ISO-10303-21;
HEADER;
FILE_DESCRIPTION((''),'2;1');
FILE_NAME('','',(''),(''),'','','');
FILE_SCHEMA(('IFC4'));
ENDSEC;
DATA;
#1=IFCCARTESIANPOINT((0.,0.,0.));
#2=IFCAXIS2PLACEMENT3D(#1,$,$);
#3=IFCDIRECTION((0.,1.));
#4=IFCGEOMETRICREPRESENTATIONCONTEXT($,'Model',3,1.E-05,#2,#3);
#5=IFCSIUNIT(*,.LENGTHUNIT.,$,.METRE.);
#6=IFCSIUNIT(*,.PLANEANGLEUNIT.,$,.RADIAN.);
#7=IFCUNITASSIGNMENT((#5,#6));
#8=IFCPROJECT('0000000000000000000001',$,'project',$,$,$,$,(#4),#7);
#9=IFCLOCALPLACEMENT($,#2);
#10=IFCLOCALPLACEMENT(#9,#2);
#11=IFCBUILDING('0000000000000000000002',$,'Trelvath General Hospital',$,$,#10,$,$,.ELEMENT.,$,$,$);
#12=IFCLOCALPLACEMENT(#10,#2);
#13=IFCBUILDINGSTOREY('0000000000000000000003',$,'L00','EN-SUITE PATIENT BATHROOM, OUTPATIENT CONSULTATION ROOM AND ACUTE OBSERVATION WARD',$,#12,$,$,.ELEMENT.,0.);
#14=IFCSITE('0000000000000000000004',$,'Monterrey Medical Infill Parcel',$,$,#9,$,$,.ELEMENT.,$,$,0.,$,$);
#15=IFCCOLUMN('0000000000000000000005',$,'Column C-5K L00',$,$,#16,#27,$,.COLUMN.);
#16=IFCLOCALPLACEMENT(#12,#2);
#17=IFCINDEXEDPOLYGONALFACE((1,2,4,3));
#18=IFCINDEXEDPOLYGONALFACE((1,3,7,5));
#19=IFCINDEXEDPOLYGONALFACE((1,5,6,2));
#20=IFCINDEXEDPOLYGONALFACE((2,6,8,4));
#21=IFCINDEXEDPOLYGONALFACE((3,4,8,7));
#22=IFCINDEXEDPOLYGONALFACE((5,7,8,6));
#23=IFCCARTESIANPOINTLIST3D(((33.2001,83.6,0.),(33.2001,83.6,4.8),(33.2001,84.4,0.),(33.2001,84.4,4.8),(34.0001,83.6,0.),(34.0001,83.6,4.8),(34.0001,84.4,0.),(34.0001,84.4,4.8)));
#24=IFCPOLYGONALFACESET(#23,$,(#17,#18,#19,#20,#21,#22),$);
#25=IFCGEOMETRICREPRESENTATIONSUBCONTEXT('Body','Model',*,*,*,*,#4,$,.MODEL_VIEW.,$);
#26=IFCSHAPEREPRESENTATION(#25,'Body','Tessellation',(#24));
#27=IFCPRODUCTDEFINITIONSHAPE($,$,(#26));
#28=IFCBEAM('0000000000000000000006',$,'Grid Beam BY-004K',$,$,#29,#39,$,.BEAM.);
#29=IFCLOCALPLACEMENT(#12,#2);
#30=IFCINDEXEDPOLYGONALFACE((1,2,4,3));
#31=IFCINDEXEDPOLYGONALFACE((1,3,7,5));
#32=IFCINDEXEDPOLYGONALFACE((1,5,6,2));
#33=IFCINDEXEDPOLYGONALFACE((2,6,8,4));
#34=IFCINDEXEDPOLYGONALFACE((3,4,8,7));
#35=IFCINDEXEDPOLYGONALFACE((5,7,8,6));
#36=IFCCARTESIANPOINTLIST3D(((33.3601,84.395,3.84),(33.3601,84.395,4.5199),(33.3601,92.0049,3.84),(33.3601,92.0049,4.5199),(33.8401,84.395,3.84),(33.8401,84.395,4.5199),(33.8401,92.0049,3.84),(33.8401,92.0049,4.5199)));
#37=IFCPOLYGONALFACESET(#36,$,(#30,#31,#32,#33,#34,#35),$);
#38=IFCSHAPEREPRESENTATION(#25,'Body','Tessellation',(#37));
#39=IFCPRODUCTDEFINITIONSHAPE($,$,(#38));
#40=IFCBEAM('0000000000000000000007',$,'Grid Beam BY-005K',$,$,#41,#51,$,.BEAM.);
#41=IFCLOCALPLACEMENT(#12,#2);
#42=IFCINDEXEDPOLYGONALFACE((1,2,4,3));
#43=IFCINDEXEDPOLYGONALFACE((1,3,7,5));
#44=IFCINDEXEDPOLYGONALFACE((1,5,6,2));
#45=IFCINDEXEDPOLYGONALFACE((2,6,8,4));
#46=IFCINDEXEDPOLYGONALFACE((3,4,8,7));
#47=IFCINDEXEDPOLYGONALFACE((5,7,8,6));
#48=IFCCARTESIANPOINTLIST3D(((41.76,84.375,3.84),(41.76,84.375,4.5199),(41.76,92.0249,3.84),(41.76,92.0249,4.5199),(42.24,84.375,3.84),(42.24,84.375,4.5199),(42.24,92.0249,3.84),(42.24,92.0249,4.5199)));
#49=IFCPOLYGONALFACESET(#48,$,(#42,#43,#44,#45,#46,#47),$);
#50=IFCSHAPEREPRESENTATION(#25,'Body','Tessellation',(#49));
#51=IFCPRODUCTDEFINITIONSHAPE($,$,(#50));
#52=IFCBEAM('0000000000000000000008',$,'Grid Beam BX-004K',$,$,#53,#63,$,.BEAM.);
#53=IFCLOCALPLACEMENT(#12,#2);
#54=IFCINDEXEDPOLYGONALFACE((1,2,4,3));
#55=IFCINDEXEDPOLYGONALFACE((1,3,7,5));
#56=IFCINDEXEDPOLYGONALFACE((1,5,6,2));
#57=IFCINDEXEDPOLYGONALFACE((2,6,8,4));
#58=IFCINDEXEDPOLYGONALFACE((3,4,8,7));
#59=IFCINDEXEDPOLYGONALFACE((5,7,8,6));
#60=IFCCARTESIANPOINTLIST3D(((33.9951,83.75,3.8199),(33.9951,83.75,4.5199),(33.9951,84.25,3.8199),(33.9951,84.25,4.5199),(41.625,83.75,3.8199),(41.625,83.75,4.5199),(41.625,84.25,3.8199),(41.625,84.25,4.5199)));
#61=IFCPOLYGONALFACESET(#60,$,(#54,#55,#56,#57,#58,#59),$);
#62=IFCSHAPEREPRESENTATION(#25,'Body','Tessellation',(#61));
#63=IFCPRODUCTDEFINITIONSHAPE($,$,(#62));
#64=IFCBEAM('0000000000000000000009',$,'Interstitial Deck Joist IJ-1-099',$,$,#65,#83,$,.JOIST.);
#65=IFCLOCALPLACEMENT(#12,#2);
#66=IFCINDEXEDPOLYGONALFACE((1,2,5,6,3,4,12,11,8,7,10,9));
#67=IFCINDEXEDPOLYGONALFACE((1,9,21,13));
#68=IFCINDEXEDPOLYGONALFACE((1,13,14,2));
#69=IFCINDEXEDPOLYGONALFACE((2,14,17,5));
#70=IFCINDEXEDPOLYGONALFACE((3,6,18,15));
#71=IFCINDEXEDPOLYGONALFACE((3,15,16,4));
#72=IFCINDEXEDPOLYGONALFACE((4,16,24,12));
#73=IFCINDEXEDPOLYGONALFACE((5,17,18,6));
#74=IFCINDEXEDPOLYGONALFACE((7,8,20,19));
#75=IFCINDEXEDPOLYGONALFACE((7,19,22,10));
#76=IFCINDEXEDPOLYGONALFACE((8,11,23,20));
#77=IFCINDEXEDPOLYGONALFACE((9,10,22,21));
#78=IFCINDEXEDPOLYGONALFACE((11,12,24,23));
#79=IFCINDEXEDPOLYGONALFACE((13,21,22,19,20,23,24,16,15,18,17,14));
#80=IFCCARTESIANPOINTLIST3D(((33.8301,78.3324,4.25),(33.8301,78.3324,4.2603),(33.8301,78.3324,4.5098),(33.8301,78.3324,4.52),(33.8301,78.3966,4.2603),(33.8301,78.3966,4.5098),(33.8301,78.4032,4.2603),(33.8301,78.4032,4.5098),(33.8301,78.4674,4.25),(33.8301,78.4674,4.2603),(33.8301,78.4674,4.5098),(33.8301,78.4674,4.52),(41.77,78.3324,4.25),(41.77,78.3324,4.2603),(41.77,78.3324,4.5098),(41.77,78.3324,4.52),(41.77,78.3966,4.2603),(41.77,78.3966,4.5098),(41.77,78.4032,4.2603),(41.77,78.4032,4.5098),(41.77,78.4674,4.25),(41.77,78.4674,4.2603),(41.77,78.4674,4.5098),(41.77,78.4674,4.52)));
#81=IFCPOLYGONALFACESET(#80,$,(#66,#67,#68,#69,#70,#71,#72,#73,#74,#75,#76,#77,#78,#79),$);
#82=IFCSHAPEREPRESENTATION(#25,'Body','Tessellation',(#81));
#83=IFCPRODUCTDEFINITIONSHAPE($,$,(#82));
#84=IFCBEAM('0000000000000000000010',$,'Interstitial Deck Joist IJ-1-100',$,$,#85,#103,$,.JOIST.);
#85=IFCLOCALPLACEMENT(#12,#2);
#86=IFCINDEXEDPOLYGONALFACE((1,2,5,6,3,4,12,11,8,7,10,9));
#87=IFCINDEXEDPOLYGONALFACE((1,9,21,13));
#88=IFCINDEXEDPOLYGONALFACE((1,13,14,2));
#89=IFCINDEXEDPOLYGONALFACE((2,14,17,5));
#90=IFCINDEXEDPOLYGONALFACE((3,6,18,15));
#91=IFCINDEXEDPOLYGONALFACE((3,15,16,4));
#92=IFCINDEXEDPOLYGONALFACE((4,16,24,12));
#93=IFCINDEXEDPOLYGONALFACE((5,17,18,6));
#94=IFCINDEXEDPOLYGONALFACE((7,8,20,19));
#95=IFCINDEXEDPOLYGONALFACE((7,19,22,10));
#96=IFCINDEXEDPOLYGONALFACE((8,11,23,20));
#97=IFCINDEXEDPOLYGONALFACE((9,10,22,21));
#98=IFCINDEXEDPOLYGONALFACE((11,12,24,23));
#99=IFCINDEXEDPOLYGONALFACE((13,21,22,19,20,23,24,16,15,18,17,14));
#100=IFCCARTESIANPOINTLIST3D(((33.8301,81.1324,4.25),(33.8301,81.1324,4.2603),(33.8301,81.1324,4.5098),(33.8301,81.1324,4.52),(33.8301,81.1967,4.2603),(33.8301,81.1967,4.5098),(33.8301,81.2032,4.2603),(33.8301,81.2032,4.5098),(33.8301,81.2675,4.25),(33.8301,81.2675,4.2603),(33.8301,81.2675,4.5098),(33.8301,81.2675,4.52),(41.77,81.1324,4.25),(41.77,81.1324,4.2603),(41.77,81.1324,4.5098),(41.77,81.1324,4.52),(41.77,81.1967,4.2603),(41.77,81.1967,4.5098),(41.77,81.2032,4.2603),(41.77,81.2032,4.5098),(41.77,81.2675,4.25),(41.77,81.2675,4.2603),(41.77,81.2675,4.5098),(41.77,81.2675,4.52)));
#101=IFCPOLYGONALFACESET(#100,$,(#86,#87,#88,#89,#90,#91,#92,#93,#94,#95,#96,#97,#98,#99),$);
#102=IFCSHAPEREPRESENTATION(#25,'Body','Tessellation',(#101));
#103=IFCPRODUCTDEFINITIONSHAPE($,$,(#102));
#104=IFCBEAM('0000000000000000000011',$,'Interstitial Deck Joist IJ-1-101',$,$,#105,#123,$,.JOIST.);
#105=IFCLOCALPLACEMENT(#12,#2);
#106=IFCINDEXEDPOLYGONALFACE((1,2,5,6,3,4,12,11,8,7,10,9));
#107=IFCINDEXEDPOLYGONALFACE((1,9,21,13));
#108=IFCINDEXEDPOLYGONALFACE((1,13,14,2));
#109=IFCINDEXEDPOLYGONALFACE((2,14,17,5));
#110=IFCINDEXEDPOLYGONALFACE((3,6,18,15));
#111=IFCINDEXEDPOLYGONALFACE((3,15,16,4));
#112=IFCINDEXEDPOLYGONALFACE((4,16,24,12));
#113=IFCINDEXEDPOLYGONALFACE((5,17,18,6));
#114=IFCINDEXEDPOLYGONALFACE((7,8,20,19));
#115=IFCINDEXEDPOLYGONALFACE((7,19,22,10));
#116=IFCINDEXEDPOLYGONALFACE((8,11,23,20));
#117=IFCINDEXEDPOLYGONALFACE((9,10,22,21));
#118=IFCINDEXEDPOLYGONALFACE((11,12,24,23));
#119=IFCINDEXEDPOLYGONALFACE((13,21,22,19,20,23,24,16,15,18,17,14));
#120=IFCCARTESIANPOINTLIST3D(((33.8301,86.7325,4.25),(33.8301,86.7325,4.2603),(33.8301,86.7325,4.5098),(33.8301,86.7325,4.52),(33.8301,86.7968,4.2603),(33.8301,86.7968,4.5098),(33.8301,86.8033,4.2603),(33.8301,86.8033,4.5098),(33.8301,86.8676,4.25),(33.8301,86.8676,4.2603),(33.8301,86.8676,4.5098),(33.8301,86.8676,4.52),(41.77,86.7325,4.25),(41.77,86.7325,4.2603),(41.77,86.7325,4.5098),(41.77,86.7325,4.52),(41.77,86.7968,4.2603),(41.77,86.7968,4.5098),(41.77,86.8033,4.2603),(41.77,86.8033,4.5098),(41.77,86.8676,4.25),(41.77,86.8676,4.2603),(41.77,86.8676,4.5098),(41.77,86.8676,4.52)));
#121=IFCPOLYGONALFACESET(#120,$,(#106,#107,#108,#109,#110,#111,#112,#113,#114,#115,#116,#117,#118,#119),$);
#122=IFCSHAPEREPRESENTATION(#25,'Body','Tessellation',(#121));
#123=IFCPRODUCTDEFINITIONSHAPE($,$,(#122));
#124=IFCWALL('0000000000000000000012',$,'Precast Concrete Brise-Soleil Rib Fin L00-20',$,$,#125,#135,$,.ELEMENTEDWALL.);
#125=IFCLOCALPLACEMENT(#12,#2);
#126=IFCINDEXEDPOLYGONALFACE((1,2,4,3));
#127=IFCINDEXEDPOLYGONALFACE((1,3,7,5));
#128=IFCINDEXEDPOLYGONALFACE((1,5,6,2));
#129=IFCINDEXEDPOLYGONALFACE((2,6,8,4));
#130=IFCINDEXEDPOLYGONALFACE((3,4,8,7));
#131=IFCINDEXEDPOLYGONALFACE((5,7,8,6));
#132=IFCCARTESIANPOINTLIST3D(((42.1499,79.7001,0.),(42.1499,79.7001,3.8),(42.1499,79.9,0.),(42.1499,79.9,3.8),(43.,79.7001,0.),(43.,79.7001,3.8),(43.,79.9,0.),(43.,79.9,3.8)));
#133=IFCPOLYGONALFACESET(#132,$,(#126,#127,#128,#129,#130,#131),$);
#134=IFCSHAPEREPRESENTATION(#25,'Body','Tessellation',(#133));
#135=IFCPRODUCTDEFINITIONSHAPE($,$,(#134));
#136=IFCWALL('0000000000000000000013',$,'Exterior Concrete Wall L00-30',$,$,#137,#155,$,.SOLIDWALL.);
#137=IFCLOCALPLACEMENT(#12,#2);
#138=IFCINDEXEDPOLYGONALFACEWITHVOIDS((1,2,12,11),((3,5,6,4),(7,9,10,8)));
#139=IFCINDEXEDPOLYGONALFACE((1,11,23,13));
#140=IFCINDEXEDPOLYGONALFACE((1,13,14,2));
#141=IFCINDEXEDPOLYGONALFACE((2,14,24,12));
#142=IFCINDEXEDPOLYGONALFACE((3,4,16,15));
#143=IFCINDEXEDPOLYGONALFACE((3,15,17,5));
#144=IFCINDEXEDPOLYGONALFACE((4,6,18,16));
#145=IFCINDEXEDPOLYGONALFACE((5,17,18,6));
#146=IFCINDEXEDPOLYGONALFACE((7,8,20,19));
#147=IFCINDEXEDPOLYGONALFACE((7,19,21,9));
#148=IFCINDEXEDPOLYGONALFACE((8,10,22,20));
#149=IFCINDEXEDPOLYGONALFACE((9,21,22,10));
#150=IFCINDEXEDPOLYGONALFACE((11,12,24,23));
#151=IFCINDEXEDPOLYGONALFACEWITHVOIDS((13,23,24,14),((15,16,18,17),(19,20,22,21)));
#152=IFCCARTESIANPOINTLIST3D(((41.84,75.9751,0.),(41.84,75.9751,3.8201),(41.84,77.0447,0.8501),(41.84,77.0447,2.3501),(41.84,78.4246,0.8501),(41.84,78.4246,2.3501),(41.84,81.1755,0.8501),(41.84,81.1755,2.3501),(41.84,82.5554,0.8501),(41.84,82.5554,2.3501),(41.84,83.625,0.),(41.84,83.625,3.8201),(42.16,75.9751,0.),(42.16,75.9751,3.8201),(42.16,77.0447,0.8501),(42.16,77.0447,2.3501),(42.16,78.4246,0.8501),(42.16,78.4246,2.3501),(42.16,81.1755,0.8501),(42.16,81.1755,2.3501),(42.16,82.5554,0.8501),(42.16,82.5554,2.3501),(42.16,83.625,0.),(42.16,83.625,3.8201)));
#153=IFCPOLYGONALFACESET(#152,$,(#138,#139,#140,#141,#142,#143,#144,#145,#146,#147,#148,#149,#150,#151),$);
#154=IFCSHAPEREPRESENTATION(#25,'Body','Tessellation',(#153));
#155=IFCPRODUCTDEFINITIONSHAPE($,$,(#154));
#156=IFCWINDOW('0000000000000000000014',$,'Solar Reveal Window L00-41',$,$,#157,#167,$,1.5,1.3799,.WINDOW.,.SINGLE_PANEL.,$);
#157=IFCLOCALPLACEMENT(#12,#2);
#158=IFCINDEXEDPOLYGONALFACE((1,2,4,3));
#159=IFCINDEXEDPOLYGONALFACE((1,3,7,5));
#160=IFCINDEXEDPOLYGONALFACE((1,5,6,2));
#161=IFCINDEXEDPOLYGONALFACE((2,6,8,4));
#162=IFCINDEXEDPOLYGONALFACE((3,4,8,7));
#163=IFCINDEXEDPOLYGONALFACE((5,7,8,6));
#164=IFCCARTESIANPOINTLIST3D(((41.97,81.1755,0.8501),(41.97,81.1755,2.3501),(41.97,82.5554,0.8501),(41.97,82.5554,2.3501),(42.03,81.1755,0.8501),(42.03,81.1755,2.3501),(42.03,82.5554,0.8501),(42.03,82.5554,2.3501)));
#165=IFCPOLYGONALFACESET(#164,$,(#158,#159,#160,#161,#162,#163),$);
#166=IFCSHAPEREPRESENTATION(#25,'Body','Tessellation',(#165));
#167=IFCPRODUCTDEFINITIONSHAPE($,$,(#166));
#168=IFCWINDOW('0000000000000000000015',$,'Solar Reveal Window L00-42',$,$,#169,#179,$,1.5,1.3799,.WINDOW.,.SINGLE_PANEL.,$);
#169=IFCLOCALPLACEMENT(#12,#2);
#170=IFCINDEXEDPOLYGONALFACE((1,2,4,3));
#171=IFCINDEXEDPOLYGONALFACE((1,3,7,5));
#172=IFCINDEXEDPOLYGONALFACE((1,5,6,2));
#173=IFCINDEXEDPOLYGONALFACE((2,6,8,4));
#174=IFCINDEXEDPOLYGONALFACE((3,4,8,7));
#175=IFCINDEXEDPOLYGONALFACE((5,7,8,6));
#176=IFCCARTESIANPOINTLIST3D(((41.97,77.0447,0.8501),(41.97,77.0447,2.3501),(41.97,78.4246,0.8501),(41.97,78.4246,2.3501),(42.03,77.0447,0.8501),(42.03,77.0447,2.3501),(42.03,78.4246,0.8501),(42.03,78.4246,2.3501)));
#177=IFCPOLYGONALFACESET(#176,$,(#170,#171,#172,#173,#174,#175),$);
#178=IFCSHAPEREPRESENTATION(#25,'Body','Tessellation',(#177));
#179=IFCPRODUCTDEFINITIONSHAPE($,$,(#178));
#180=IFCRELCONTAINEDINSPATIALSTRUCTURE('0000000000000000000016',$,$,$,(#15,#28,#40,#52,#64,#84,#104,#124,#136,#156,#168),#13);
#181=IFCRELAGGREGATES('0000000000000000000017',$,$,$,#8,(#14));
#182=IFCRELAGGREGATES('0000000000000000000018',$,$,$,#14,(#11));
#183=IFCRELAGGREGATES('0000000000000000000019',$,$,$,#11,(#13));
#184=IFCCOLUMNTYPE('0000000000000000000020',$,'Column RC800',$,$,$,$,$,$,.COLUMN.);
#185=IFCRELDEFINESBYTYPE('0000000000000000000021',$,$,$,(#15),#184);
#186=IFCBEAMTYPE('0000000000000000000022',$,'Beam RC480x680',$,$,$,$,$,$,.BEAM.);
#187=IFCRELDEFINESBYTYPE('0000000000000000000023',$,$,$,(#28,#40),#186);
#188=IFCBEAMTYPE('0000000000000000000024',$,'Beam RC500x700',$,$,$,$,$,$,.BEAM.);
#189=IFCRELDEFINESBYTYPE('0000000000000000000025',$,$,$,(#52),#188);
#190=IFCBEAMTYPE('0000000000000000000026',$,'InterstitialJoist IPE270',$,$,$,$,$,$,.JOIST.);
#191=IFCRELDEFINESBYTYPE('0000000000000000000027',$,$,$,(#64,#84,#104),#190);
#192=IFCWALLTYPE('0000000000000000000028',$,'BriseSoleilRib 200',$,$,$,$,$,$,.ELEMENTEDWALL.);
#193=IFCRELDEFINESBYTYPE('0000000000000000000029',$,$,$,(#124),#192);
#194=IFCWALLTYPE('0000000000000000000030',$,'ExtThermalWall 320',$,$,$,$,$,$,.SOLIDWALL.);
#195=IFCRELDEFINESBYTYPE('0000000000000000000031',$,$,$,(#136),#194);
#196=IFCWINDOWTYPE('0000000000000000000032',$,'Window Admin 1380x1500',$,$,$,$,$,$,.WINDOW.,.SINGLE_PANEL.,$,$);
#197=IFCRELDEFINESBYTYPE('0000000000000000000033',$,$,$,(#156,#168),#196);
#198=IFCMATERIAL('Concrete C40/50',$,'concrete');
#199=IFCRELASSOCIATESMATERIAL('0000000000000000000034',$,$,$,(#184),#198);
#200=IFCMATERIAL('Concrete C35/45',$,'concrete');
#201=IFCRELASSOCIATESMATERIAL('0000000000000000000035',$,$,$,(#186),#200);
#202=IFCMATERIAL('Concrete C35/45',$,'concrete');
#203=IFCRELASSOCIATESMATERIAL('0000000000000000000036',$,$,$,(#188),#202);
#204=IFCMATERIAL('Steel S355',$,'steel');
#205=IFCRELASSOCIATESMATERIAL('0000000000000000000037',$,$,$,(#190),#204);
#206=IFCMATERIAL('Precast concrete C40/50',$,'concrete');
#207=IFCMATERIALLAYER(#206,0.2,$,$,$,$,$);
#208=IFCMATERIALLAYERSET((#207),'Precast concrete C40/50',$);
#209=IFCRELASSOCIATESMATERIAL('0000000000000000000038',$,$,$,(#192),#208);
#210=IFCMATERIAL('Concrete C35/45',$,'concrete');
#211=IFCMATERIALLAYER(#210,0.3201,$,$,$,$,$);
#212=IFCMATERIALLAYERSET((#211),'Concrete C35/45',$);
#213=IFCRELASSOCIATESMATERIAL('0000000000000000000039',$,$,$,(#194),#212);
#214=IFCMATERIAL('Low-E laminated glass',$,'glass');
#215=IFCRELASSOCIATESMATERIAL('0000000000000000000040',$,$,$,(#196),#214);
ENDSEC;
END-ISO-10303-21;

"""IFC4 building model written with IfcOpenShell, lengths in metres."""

from ifc_helpers import new_model, si_unit, direction, frame, frame_2d, origin, origin_2d, place, context, subcontext, project, spatial, rectangle, i_section, extrude, material, layer, layer_set, material_profile, profile_set, type_object, element, fill, save


model = new_model("IFC4")

# Units and contexts
model_context = context("Model", 3, precision=1e-05, world=origin(), true_north=direction((0.0, 1.0)))
body_context = subcontext(model_context, "Body", "Model", "MODEL_VIEW")
ifc_project = project(units=[si_unit("LENGTHUNIT", "METRE"), si_unit("PLANEANGLEUNIT", "RADIAN")], contexts=[model_context])

# Site, building, storey
site_placement = place(None, origin())
site = spatial("IfcSite", under=ifc_project, at=site_placement, Name="Monterrey Medical Infill Parcel", CompositionType="ELEMENT", RefElevation=0.0)
building_placement = place(site_placement, origin())
building = spatial("IfcBuilding", under=site, at=building_placement, Name="Trelvath General Hospital", CompositionType="ELEMENT")
storey_placement = place(building_placement, origin())
storey = spatial("IfcBuildingStorey", under=building, at=storey_placement, Name="L00", Description="EN-SUITE PATIENT BATHROOM, OUTPATIENT CONSULTATION ROOM AND ACUTE OBSERVATION WARD", CompositionType="ELEMENT", Elevation=0.0)

# Column
ifc_material_1 = material(Name="Concrete C40/50", Category="concrete")
ifc_material_profile_1 = material_profile(ifc_material_1, rectangle(XDim=0.8, YDim=0.8, at=origin_2d()), Name="RC800x800")
ifc_profile_set_1 = profile_set([ifc_material_profile_1], Name="Concrete C40/50")
column_type_1 = type_object("IfcColumnType", Name="Column RC800", PredefinedType="COLUMN", material=ifc_profile_set_1)
column_1_placement = place(storey_placement, frame((33.6001, 84.0, 0.0), z_axis=(0.0, 0.0, 1.0), x_axis=(1.0, 0.0, 0.0)))
element("IfcColumn", 1, at=column_1_placement, inside=storey, type_object=column_type_1, Name="Column C-5K L00", PredefinedType="COLUMN", context=body_context, shape_type="SweptSolid", body=[
    extrude(rectangle(XDim=0.8, YDim=0.8, at=origin_2d()), origin(), (0.0, 0.0, 1.0), 4.8),
])

# Beams
ifc_material_2 = material(Name="Concrete C35/45", Category="concrete")
ifc_material_profile_2 = material_profile(ifc_material_2, rectangle(XDim=0.48, YDim=0.6799, at=origin_2d()), Name="RCB480x680")
ifc_profile_set_2 = profile_set([ifc_material_profile_2], Name="Concrete C35/45")
beam_type_1 = type_object("IfcBeamType", Name="Beam RC480x680", PredefinedType="BEAM", material=ifc_profile_set_2)
beam_1_placement = place(storey_placement, frame((33.6001, 84.395, 4.1799), z_axis=(0.0, 1.0, 0.0), x_axis=(-1.0, 0.0, 0.0)))
element("IfcBeam", 2, at=beam_1_placement, inside=storey, type_object=beam_type_1, Name="Grid Beam BY-004K", PredefinedType="BEAM", context=body_context, shape_type="SweptSolid", body=[
    extrude(rectangle(XDim=0.48, YDim=0.6799, at=origin_2d()), origin(), (0.0, 0.0, 1.0), 7.6099),
])
beam_2_placement = place(storey_placement, frame((42.0, 84.375, 4.1799), z_axis=(0.0, 1.0, 0.0), x_axis=(-1.0, 0.0, 0.0)))
element("IfcBeam", 3, at=beam_2_placement, inside=storey, type_object=beam_type_1, Name="Grid Beam BY-005K", PredefinedType="BEAM", context=body_context, shape_type="SweptSolid", body=[
    extrude(rectangle(XDim=0.48, YDim=0.6799, at=origin_2d()), origin(), (0.0, 0.0, 1.0), 7.6499),
])
ifc_material_3 = material(Name="Concrete C35/45", Category="concrete")
ifc_material_profile_3 = material_profile(ifc_material_3, rectangle(XDim=0.5, YDim=0.7, at=origin_2d()), Name="RCB500x700")
ifc_profile_set_3 = profile_set([ifc_material_profile_3], Name="Concrete C35/45")
beam_type_2 = type_object("IfcBeamType", Name="Beam RC500x700", PredefinedType="BEAM", material=ifc_profile_set_3)
beam_3_placement = place(storey_placement, frame((33.9951, 84.0, 4.1699), z_axis=(1.0, 0.0, 0.0), x_axis=(0.0, 1.0, 0.0)))
element("IfcBeam", 4, at=beam_3_placement, inside=storey, type_object=beam_type_2, Name="Grid Beam BX-004K", PredefinedType="BEAM", context=body_context, shape_type="SweptSolid", body=[
    extrude(rectangle(XDim=0.5, YDim=0.7, at=origin_2d()), origin(), (0.0, 0.0, 1.0), 7.6299),
])
ifc_material_4 = material(Name="Steel S355", Category="steel")
ifc_material_profile_4 = material_profile(ifc_material_4, i_section(OverallWidth=0.135, OverallDepth=0.27, WebThickness=0.0066, FlangeThickness=0.0103, at=origin_2d()), Name="IPE270")
ifc_profile_set_4 = profile_set([ifc_material_profile_4], Name="Steel S355")
beam_type_3 = type_object("IfcBeamType", Name="InterstitialJoist IPE270", PredefinedType="JOIST", material=ifc_profile_set_4)
for number, where, z_axis, x_axis, name in (
    (5, (33.8301, 78.3999, 4.385), (1.0, 0.0, 0.0), (0.0, 1.0, 0.0), "Interstitial Deck Joist IJ-1-099"),
    (6, (33.8301, 81.2, 4.385), (1.0, 0.0, 0.0), (0.0, 1.0, 0.0), "Interstitial Deck Joist IJ-1-100"),
    (7, (33.8301, 86.8, 4.385), (1.0, 0.0, 0.0), (0.0, 1.0, 0.0), "Interstitial Deck Joist IJ-1-101"),
):
    element("IfcBeam", number, at=place(storey_placement, frame(where, z_axis=z_axis, x_axis=x_axis)), inside=storey, type_object=beam_type_3, Name=name, PredefinedType="JOIST", context=body_context, shape_type="SweptSolid", body=[
        extrude(i_section(OverallWidth=0.135, OverallDepth=0.27, WebThickness=0.0066, FlangeThickness=0.0103, at=origin_2d()), origin(), (0.0, 0.0, 1.0), 7.9399),
    ])

# Wall
ifc_material_5 = material(Name="Precast concrete C40/50", Category="concrete")
ifc_layer_1 = layer(ifc_material_5, 0.2)
ifc_layer_set_1 = layer_set([ifc_layer_1], Name="Precast concrete C40/50")
wall_type_1 = type_object("IfcWallType", Name="BriseSoleilRib 200", PredefinedType="ELEMENTEDWALL", material=ifc_layer_set_1)
wall_1_placement = place(storey_placement, frame((42.1499, 79.8, 0.0), z_axis=(0.0, 0.0, 1.0), x_axis=(1.0, 0.0, 0.0)))
element("IfcWall", 8, at=wall_1_placement, inside=storey, type_object=wall_type_1, Name="Precast Concrete Brise-Soleil Rib Fin L00-20", PredefinedType="ELEMENTEDWALL", context=body_context, shape_type="SweptSolid", body=[
    extrude(rectangle(XDim=0.8501, YDim=0.2, at=frame_2d((0.425, 0.0))), origin(), (0.0, 0.0, 1.0), 3.8),
])

# Wall, openings, windows
ifc_material_6 = material(Name="Concrete C35/45", Category="concrete")
ifc_layer_2 = layer(ifc_material_6, 0.3201)
ifc_layer_set_2 = layer_set([ifc_layer_2], Name="Concrete C35/45")
wall_type_2 = type_object("IfcWallType", Name="ExtThermalWall 320", PredefinedType="SOLIDWALL", material=ifc_layer_set_2)
wall_2_placement = place(storey_placement, frame((42.0, 83.625, 0.0), z_axis=(0.0, 0.0, 1.0), x_axis=(0.0, -1.0, 0.0)))
wall_2 = element("IfcWall", 9, at=wall_2_placement, inside=storey, type_object=wall_type_2, Name="Exterior Concrete Wall L00-30", PredefinedType="SOLIDWALL", context=body_context, shape_type="SweptSolid", body=[
    extrude(rectangle(XDim=7.6499, YDim=0.3201, at=frame_2d((3.825, 0.0))), origin(), (0.0, 0.0, 1.0), 3.8201),
])
opening_1_placement = place(wall_2_placement, frame((1.0696, 0.0, 0.8501)))
opening_1 = element("IfcOpeningElement", 10, at=opening_1_placement, cuts=wall_2, PredefinedType="OPENING", context=body_context, shape_type="SweptSolid", body=[
    extrude(rectangle(XDim=1.3799, YDim=1.5, at=frame_2d((0.6899, 0.75))), frame((0.0, 0.1699, 0.0), z_axis=(0.0, -1.0, 0.0), x_axis=(1.0, 0.0, 0.0)), (0.0, 0.0, 1.0), 0.3401),
])
opening_2_placement = place(wall_2_placement, frame((5.2004, 0.0, 0.8501)))
opening_2 = element("IfcOpeningElement", 11, at=opening_2_placement, cuts=wall_2, PredefinedType="OPENING", context=body_context, shape_type="SweptSolid", body=[
    extrude(rectangle(XDim=1.3799, YDim=1.5, at=frame_2d((0.6899, 0.75))), frame((0.0, 0.1699, 0.0), z_axis=(0.0, -1.0, 0.0), x_axis=(1.0, 0.0, 0.0)), (0.0, 0.0, 1.0), 0.3401),
])
ifc_material_7 = material(Name="Low-E laminated glass", Category="glass")
window_type = type_object("IfcWindowType", Name="Window Admin 1380x1500", PartitioningType="SINGLE_PANEL", PredefinedType="WINDOW", material=ifc_material_7)
window_1_placement = place(opening_1_placement, origin())
window_1 = element("IfcWindow", 12, at=window_1_placement, inside=storey, type_object=window_type, Name="Solar Reveal Window L00-41", OverallHeight=1.5, OverallWidth=1.3799, PartitioningType="SINGLE_PANEL", PredefinedType="WINDOW", context=body_context, shape_type="SweptSolid", body=[
    extrude(rectangle(XDim=1.3799, YDim=1.5, at=frame_2d((0.6899, 0.75))), frame((0.0, 0.03, 0.0), z_axis=(0.0, -1.0, 0.0), x_axis=(1.0, 0.0, 0.0)), (0.0, 0.0, 1.0), 0.0601),
])
fill(opening_1, window_1)
window_2_placement = place(opening_2_placement, origin())
window_2 = element("IfcWindow", 13, at=window_2_placement, inside=storey, type_object=window_type, Name="Solar Reveal Window L00-42", OverallHeight=1.5, OverallWidth=1.3799, PartitioningType="SINGLE_PANEL", PredefinedType="WINDOW", context=body_context, shape_type="SweptSolid", body=[
    extrude(rectangle(XDim=1.3799, YDim=1.5, at=frame_2d((0.6899, 0.75))), frame((0.0, 0.03, 0.0), z_axis=(0.0, -1.0, 0.0), x_axis=(1.0, 0.0, 0.0)), (0.0, 0.0, 1.0), 0.0601),
])
fill(opening_2, window_2)

save(model, "model.ifc")
